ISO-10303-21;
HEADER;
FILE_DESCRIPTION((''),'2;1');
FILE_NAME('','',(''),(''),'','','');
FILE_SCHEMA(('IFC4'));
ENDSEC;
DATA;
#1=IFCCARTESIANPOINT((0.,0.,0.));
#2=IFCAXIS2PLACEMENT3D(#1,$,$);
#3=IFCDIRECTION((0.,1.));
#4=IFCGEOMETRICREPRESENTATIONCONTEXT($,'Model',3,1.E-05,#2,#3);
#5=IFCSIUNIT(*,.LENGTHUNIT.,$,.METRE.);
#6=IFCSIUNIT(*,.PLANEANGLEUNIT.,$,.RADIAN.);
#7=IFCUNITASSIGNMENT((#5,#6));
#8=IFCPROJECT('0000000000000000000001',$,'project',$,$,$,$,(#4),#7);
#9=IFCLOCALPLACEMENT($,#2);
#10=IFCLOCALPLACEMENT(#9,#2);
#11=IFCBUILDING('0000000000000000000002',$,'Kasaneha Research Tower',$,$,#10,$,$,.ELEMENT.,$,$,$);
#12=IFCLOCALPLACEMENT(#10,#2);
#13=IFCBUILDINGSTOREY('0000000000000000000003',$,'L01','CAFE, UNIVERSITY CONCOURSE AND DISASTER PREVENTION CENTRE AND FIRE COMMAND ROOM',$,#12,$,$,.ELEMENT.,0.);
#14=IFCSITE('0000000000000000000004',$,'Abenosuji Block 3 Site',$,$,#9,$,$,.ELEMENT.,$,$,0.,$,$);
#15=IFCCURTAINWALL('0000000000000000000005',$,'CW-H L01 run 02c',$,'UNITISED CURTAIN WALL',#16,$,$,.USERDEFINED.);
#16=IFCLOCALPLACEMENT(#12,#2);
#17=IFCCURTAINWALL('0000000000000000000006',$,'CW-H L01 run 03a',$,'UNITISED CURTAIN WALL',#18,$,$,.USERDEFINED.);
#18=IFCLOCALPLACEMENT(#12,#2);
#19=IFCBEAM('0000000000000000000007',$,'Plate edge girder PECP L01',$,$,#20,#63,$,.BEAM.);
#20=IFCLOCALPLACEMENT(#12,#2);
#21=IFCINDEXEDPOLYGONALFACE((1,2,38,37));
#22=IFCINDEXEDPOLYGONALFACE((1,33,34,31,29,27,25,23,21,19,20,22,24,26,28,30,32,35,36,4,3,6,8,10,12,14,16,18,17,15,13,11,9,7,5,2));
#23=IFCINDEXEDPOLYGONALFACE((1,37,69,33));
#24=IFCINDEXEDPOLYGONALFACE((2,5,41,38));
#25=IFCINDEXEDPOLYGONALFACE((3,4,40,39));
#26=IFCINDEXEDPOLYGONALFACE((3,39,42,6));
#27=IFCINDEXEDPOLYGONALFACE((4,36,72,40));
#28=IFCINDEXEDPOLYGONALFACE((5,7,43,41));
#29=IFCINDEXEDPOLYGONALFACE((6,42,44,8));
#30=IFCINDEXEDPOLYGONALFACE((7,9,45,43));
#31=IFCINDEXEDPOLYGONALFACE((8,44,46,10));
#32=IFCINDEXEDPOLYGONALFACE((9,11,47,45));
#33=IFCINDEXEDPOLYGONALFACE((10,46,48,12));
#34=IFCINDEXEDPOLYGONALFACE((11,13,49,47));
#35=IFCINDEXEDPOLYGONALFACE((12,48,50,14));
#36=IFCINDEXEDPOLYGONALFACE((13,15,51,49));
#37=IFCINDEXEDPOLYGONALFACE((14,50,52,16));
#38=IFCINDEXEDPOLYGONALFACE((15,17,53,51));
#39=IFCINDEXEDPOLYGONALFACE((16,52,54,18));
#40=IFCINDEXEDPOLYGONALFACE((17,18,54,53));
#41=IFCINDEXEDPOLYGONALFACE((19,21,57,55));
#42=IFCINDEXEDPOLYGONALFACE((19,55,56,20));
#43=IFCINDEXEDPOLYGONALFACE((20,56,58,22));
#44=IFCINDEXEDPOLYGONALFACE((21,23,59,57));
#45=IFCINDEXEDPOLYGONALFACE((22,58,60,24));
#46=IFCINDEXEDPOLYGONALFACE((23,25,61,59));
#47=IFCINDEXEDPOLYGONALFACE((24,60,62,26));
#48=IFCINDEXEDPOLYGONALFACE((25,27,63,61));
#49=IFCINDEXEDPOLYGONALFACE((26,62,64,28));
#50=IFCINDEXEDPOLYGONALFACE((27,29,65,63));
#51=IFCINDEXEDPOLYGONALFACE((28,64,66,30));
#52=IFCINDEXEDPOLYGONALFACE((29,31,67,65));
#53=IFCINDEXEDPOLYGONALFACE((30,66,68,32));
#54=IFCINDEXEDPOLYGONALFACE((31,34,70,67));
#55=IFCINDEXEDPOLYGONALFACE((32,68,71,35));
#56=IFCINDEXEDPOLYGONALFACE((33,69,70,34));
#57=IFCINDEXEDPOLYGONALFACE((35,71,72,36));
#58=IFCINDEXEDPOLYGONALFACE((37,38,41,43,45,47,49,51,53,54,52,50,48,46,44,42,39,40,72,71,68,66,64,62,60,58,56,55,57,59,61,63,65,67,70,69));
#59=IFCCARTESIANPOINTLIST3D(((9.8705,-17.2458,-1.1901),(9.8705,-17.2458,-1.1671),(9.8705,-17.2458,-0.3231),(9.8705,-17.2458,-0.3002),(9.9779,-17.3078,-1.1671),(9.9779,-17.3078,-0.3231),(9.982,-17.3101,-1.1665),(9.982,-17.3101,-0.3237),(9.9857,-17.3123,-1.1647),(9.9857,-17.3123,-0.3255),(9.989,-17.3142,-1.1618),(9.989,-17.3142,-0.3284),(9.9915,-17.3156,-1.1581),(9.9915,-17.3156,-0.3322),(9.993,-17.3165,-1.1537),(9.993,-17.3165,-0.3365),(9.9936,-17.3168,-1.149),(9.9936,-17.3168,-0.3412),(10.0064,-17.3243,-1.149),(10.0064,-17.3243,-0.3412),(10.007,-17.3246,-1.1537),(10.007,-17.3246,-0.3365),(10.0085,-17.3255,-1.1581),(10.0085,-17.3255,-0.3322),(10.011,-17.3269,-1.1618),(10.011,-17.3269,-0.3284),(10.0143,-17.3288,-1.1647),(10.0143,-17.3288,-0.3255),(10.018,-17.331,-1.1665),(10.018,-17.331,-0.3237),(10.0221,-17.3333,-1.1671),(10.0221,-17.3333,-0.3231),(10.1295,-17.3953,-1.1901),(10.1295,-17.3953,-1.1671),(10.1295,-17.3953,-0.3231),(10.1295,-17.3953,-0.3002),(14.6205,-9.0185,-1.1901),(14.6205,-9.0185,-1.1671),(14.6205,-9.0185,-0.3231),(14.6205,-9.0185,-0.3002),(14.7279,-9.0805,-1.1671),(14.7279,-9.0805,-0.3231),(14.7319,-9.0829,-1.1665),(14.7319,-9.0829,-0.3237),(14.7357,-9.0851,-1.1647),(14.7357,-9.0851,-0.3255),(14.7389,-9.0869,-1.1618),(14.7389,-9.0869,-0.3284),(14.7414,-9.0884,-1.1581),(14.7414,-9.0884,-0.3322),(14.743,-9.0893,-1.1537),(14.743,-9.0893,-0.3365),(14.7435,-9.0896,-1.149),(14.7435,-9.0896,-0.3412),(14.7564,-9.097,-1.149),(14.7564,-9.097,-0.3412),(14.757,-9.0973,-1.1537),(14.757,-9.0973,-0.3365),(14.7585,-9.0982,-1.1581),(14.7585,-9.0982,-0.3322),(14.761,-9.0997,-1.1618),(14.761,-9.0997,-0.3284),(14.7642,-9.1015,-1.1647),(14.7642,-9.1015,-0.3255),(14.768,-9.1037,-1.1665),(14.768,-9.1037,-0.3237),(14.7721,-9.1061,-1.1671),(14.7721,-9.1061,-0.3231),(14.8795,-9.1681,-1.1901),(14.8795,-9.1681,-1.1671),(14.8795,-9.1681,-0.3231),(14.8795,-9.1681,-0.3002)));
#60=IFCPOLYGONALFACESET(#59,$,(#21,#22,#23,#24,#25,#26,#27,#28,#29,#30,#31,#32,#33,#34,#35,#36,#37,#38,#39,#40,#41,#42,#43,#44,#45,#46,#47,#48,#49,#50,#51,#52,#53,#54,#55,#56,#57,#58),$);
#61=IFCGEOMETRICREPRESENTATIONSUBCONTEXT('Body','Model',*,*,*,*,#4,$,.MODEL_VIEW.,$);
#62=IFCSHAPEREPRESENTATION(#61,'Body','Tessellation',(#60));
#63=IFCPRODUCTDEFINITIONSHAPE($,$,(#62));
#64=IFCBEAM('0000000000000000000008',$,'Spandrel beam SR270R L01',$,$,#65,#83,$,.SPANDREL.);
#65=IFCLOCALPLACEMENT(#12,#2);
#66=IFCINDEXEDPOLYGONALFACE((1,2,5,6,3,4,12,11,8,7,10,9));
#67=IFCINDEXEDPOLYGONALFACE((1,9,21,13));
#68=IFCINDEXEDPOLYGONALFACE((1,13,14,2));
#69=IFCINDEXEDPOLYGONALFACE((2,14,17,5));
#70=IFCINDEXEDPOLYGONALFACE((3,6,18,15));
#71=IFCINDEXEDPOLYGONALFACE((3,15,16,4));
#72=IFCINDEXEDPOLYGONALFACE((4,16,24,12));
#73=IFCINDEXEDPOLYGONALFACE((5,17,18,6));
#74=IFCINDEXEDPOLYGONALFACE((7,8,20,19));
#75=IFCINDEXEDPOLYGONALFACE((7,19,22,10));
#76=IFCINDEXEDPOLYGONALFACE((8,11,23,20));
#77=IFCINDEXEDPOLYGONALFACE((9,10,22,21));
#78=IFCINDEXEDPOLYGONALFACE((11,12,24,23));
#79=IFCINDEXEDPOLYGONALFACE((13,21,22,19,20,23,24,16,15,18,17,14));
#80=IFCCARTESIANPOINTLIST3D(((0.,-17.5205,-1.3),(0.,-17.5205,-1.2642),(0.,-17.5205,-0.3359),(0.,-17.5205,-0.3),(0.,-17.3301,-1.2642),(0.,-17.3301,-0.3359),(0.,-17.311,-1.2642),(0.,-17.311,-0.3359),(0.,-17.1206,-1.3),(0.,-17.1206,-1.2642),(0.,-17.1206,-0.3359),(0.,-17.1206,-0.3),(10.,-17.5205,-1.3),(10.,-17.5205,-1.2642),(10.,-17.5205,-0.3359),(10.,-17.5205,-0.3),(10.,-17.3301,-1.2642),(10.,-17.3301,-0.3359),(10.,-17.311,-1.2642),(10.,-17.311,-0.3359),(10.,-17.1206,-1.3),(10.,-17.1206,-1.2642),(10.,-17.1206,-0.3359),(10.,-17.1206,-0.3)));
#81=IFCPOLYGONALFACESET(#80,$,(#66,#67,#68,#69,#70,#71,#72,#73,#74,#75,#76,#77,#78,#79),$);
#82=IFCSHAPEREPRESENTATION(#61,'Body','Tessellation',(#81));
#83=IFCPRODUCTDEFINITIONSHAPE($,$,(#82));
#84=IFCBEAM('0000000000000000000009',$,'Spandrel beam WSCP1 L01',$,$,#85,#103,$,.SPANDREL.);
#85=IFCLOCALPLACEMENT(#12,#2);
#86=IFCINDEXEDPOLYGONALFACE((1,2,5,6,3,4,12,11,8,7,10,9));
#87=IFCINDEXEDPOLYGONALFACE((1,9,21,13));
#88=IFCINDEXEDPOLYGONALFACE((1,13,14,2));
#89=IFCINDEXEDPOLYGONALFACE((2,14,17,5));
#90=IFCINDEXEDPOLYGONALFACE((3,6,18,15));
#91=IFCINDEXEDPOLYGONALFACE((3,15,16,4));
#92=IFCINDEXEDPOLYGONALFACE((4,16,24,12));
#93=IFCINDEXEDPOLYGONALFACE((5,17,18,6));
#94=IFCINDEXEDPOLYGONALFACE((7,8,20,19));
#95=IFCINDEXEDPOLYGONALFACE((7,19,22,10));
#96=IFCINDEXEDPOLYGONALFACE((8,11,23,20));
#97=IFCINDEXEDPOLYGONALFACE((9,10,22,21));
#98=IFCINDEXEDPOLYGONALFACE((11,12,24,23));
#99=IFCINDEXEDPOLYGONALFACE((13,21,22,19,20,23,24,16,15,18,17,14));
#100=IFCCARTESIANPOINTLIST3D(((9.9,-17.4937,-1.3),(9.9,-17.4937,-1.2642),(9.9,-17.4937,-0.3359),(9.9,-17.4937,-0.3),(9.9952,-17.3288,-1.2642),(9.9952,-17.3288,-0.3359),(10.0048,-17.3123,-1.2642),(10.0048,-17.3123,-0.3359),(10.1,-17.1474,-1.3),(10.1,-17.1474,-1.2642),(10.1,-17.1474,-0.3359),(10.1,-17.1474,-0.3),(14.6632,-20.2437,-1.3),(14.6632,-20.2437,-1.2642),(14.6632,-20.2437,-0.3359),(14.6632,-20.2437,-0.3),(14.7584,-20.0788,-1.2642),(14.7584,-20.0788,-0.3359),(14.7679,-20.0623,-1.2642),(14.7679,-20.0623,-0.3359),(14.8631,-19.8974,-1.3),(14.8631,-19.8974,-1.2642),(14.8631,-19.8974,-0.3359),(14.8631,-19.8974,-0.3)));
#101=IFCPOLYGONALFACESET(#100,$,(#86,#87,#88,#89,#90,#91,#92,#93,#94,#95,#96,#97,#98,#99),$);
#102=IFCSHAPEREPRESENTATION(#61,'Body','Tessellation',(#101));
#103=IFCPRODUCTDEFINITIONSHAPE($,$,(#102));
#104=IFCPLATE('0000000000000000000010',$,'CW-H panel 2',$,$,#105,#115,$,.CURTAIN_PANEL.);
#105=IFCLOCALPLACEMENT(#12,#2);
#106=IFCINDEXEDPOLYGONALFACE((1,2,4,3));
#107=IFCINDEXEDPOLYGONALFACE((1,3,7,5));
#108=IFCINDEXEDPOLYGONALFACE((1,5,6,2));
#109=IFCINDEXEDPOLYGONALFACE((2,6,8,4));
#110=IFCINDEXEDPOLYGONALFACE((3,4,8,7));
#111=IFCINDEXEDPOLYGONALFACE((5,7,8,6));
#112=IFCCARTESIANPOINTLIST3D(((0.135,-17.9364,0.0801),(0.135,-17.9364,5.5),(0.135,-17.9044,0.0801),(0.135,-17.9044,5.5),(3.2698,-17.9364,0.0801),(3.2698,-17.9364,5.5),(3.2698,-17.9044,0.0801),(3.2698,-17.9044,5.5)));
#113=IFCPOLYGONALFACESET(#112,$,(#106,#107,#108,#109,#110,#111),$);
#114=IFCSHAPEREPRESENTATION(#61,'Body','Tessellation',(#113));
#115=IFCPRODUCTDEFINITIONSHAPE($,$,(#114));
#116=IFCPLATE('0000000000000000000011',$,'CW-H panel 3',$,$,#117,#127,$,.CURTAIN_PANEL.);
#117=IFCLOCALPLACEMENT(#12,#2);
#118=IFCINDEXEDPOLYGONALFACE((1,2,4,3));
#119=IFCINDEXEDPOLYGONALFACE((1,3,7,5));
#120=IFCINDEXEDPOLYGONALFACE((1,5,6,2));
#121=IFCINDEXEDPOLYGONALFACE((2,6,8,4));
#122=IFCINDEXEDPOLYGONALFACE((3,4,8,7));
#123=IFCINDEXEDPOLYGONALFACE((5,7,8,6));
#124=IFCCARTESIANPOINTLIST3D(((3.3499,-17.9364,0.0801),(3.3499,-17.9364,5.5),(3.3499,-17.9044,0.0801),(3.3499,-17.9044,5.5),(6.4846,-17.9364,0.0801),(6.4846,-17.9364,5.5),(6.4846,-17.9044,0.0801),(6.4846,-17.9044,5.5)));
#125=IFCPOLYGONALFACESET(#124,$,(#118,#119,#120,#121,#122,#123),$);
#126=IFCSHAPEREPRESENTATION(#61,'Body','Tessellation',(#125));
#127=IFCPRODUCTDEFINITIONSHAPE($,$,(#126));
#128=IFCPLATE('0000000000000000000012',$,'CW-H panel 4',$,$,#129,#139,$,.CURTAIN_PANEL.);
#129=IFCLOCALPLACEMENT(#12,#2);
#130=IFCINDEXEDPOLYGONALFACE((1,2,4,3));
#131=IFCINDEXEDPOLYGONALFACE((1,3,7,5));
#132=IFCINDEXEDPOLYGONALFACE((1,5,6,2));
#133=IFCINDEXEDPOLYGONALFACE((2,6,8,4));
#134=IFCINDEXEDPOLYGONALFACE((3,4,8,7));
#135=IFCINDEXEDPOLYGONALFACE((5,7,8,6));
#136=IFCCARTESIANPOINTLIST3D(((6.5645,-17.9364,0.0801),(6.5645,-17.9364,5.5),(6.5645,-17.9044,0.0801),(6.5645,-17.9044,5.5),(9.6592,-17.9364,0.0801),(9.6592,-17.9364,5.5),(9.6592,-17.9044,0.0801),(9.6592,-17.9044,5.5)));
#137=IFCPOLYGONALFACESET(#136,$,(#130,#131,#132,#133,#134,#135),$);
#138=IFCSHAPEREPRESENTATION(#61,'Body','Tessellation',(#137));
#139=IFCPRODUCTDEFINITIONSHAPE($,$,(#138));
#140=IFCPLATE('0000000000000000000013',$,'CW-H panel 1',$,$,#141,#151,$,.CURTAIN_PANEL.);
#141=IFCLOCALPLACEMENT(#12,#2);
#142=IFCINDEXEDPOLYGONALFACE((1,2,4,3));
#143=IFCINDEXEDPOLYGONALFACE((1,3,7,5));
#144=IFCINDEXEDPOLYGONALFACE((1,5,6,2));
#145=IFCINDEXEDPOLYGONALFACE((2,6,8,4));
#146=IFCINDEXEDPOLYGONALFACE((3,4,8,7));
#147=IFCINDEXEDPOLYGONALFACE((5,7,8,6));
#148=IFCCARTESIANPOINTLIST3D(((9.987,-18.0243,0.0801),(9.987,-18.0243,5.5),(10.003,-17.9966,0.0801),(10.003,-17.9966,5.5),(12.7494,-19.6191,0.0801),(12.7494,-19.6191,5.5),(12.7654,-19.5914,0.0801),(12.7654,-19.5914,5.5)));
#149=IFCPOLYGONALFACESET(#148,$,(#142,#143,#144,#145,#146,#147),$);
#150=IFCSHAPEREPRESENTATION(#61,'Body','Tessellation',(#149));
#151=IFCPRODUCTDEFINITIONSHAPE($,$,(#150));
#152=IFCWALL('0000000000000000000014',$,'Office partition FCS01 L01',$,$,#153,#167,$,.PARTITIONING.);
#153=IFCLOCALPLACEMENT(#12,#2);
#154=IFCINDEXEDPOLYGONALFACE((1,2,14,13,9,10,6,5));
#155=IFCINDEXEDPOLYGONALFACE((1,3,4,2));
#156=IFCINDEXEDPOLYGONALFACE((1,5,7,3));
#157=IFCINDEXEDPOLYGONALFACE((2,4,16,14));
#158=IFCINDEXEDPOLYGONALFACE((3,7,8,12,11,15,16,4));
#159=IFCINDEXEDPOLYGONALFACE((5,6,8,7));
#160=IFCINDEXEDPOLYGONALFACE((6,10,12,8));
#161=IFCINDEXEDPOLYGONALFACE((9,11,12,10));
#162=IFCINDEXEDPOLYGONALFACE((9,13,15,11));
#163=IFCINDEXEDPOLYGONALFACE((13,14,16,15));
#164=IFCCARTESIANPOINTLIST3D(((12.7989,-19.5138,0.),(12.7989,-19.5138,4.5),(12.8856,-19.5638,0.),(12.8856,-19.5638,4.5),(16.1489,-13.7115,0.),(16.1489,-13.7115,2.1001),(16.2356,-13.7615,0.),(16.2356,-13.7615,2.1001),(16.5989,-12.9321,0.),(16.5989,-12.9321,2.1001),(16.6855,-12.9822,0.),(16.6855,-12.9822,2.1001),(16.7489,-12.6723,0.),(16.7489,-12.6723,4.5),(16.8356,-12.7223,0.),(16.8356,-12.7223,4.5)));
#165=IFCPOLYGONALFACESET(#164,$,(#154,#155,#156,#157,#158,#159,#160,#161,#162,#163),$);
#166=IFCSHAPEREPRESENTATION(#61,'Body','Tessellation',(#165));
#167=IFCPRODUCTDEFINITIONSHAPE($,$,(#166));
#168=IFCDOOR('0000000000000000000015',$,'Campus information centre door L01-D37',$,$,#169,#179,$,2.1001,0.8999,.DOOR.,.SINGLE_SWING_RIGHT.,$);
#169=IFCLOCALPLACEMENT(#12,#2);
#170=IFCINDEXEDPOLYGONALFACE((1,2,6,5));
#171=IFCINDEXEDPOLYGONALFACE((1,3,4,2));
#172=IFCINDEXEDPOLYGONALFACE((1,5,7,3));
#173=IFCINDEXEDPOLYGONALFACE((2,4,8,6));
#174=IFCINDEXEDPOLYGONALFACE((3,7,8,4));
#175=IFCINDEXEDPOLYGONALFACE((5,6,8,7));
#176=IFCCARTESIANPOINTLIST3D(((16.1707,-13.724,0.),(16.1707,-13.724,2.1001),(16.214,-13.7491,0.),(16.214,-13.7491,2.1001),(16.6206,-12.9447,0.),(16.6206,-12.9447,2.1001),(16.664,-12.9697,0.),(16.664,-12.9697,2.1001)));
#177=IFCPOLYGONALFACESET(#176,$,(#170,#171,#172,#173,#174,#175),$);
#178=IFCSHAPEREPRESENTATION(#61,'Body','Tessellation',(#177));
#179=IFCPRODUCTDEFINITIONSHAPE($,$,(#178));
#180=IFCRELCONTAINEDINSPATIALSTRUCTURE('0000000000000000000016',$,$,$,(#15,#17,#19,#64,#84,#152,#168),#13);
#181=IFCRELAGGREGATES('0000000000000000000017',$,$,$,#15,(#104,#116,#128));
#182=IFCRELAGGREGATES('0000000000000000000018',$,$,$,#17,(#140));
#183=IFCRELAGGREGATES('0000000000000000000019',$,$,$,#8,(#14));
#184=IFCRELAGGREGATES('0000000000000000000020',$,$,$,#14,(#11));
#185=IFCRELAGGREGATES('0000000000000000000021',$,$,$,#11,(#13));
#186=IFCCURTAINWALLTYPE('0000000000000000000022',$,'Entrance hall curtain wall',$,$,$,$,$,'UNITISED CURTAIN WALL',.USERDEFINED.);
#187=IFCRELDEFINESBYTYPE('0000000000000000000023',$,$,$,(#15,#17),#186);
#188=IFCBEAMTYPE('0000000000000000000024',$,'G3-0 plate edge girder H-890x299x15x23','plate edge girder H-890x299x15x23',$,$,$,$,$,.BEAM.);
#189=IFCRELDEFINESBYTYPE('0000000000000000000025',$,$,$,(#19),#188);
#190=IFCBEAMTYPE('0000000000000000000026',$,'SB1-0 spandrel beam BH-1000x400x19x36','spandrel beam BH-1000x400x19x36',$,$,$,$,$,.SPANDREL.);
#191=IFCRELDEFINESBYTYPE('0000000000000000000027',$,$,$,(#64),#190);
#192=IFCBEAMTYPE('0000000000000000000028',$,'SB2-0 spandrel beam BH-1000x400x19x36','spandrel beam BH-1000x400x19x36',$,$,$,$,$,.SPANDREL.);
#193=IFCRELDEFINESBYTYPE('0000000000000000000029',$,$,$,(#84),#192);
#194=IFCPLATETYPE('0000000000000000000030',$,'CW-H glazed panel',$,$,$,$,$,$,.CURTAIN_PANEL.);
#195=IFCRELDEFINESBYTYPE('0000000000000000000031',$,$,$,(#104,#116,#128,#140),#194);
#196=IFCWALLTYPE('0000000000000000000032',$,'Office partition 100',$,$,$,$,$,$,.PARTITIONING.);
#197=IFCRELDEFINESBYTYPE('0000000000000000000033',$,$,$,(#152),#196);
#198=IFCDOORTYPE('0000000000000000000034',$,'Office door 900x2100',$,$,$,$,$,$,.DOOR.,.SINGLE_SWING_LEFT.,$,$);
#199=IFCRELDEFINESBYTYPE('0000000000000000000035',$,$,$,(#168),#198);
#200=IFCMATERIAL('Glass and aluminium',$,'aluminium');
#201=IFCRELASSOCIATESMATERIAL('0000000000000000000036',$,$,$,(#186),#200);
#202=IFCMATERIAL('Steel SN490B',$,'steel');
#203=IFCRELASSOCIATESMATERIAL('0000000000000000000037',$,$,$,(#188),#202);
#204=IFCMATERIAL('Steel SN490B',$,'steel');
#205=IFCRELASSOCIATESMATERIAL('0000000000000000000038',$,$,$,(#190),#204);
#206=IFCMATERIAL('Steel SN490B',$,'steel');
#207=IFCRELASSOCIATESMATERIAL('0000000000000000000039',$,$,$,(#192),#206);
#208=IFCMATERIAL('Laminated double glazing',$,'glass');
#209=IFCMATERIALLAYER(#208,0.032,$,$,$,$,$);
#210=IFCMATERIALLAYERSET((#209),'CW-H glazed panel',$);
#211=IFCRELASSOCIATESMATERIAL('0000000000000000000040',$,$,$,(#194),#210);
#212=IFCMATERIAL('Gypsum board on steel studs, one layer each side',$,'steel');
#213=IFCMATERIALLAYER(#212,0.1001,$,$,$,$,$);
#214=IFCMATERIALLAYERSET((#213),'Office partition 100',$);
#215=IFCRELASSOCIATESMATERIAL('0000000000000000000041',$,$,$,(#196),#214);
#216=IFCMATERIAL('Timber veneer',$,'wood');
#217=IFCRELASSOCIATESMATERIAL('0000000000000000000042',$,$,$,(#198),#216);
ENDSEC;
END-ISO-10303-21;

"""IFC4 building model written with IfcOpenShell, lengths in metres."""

from ifc_helpers import new_model, si_unit, direction, frame, frame_2d, origin, origin_2d, place, context, subcontext, project, spatial, rectangle, i_section, extrude, material, layer, layer_set, material_profile, profile_set, type_object, element, fill, aggregate, save


model = new_model("IFC4")

# Units and contexts
model_context = context("Model", 3, precision=1e-05, world=origin(), true_north=direction((0.0, 1.0)))
body_context = subcontext(model_context, "Body", "Model", "MODEL_VIEW")
ifc_project = project(units=[si_unit("LENGTHUNIT", "METRE"), si_unit("PLANEANGLEUNIT", "RADIAN")], contexts=[model_context])

# Site, building, storey
site_placement = place(None, origin())
site = spatial("IfcSite", under=ifc_project, at=site_placement, Name="Abenosuji Block 3 Site", CompositionType="ELEMENT", RefElevation=0.0)
building_placement = place(site_placement, origin())
building = spatial("IfcBuilding", under=site, at=building_placement, Name="Kasaneha Research Tower", CompositionType="ELEMENT")
storey_placement = place(building_placement, origin())
storey = spatial("IfcBuildingStorey", under=building, at=storey_placement, Name="L01", Description="CAFE, UNIVERSITY CONCOURSE AND DISASTER PREVENTION CENTRE AND FIRE COMMAND ROOM", CompositionType="ELEMENT", Elevation=0.0)

# Curtain walls
ifc_material_1 = material(Name="Glass and aluminium", Category="aluminium")
curtain_wall_type = type_object("IfcCurtainWallType", Name="Entrance hall curtain wall", ElementType="UNITISED CURTAIN WALL", PredefinedType="USERDEFINED", material=ifc_material_1)
curtain_wall_1_placement = place(storey_placement, origin())
curtain_wall_1 = element("IfcCurtainWall", 1, at=curtain_wall_1_placement, inside=storey, type_object=curtain_wall_type, Name="CW-H L01 run 02c", ObjectType="UNITISED CURTAIN WALL", PredefinedType="USERDEFINED")
curtain_wall_2_placement = place(storey_placement, origin())
curtain_wall_2 = element("IfcCurtainWall", 2, at=curtain_wall_2_placement, inside=storey, type_object=curtain_wall_type, Name="CW-H L01 run 03a", ObjectType="UNITISED CURTAIN WALL", PredefinedType="USERDEFINED")

# Beams
ifc_material_2 = material(Name="Steel SN490B", Category="steel")
ifc_material_profile_1 = material_profile(ifc_material_2, i_section(OverallWidth=0.2991, OverallDepth=0.8899, WebThickness=0.0149, FlangeThickness=0.0229, FilletRadius=0.0181, at=origin_2d()), Name="H-890x299x15x23")
ifc_profile_set_1 = profile_set([ifc_material_profile_1], Name="Steel SN490B")
beam_type_1 = type_object("IfcBeamType", Name="G3-0 plate edge girder H-890x299x15x23", Description="plate edge girder H-890x299x15x23", PredefinedType="BEAM", material=ifc_profile_set_1)
beam_1_placement = place(storey_placement, frame((10.0, -17.3206, -0.7451), z_axis=(0.499998, 0.866027, 0.0), x_axis=(-0.866027, 0.499998, 0.0)))
element("IfcBeam", 3, at=beam_1_placement, inside=storey, type_object=beam_type_1, Name="Plate edge girder PECP L01", PredefinedType="BEAM", context=body_context, shape_type="SweptSolid", body=[
    extrude(i_section(OverallWidth=0.2991, OverallDepth=0.8899, WebThickness=0.0149, FlangeThickness=0.0229, FilletRadius=0.0181, at=origin_2d()), origin(), (0.0, 0.0, 1.0), 9.5),
])
ifc_material_3 = material(Name="Steel SN490B", Category="steel")
ifc_material_profile_2 = material_profile(ifc_material_3, i_section(OverallWidth=0.3999, OverallDepth=1.0, WebThickness=0.019, FlangeThickness=0.0359, at=origin_2d()), Name="BH-1000x400x19x36")
ifc_profile_set_2 = profile_set([ifc_material_profile_2], Name="Steel SN490B")
beam_type_2 = type_object("IfcBeamType", Name="SB1-0 spandrel beam BH-1000x400x19x36", Description="spandrel beam BH-1000x400x19x36", PredefinedType="SPANDREL", material=ifc_profile_set_2)
beam_2_placement = place(storey_placement, frame((10.0, -17.3206, -0.8), z_axis=(-1.0, 0.0, 0.0), x_axis=(0.0, -1.0, 0.0)))
element("IfcBeam", 4, at=beam_2_placement, inside=storey, type_object=beam_type_2, Name="Spandrel beam SR270R L01", PredefinedType="SPANDREL", context=body_context, shape_type="SweptSolid", body=[
    extrude(i_section(OverallWidth=0.3999, OverallDepth=1.0, WebThickness=0.019, FlangeThickness=0.0359, at=origin_2d()), origin(), (0.0, 0.0, 1.0), 10.0),
])
ifc_material_4 = material(Name="Steel SN490B", Category="steel")
ifc_material_profile_3 = material_profile(ifc_material_4, i_section(OverallWidth=0.3999, OverallDepth=1.0, WebThickness=0.019, FlangeThickness=0.0359, at=origin_2d()), Name="BH-1000x400x19x36")
ifc_profile_set_3 = profile_set([ifc_material_profile_3], Name="Steel SN490B")
beam_type_3 = type_object("IfcBeamType", Name="SB2-0 spandrel beam BH-1000x400x19x36", Description="spandrel beam BH-1000x400x19x36", PredefinedType="SPANDREL", material=ifc_profile_set_3)
beam_3_placement = place(storey_placement, frame((10.0, -17.3206, -0.8), z_axis=(0.866027, -0.499997, 0.0), x_axis=(0.499997, 0.866027, 0.0)))
element("IfcBeam", 5, at=beam_3_placement, inside=storey, type_object=beam_type_3, Name="Spandrel beam WSCP1 L01", PredefinedType="SPANDREL", context=body_context, shape_type="SweptSolid", body=[
    extrude(i_section(OverallWidth=0.3999, OverallDepth=1.0, WebThickness=0.019, FlangeThickness=0.0359, at=origin_2d()), origin(), (0.0, 0.0, 1.0), 5.5),
])

# Plates
ifc_material_5 = material(Name="Laminated double glazing", Category="glass")
ifc_layer_1 = layer(ifc_material_5, 0.032)
ifc_layer_set_1 = layer_set([ifc_layer_1], Name="CW-H glazed panel")
plate_type = type_object("IfcPlateType", Name="CW-H glazed panel", PredefinedType="CURTAIN_PANEL", material=ifc_layer_set_1)
plate_1_placement = place(storey_placement, frame((1.7024, -17.9204, 0.0801), z_axis=(0.0, 0.0, 1.0), x_axis=(1.0, 0.0, 0.0)))
plate_1 = element("IfcPlate", 6, at=plate_1_placement, type_object=plate_type, Name="CW-H panel 2", PredefinedType="CURTAIN_PANEL", context=body_context, shape_type="SweptSolid", body=[
    extrude(rectangle(XDim=3.1348, YDim=0.032, at=origin_2d()), origin(), (0.0, 0.0, 1.0), 5.4199),
])
plate_2_placement = place(storey_placement, frame((4.9172, -17.9204, 0.0801), z_axis=(0.0, 0.0, 1.0), x_axis=(1.0, 0.0, 0.0)))
plate_2 = element("IfcPlate", 7, at=plate_2_placement, type_object=plate_type, Name="CW-H panel 3", PredefinedType="CURTAIN_PANEL", context=body_context, shape_type="SweptSolid", body=[
    extrude(rectangle(XDim=3.1348, YDim=0.032, at=origin_2d()), origin(), (0.0, 0.0, 1.0), 5.4199),
])
plate_3_placement = place(storey_placement, frame((8.1118, -17.9204, 0.0801), z_axis=(0.0, 0.0, 1.0), x_axis=(1.0, 0.0, 0.0)))
plate_3 = element("IfcPlate", 8, at=plate_3_placement, type_object=plate_type, Name="CW-H panel 4", PredefinedType="CURTAIN_PANEL", context=body_context, shape_type="SweptSolid", body=[
    extrude(rectangle(XDim=3.0947, YDim=0.032, at=origin_2d()), origin(), (0.0, 0.0, 1.0), 5.4199),
])
aggregate(curtain_wall_1, [plate_1, plate_2, plate_3])
plate_4_placement = place(storey_placement, frame((11.3762, -18.8079, 0.0801), z_axis=(0.0, 0.0, 1.0), x_axis=(0.866025, -0.5, 0.0)))
plate_4 = element("IfcPlate", 9, at=plate_4_placement, type_object=plate_type, Name="CW-H panel 1", PredefinedType="CURTAIN_PANEL", context=body_context, shape_type="SweptSolid", body=[
    extrude(rectangle(XDim=3.1897, YDim=0.032, at=origin_2d()), origin(), (0.0, 0.0, 1.0), 5.4199),
])
aggregate(curtain_wall_2, [plate_4])

# Wall, opening, door
ifc_material_6 = material(Name="Gypsum board on steel studs, one layer each side", Category="steel")
ifc_layer_2 = layer(ifc_material_6, 0.1001)
ifc_layer_set_2 = layer_set([ifc_layer_2], Name="Office partition 100")
wall_type = type_object("IfcWallType", Name="Office partition 100", PredefinedType="PARTITIONING", material=ifc_layer_set_2)
wall_1_placement = place(storey_placement, frame((12.8423, -19.5388, 0.0), z_axis=(0.0, 0.0, 1.0), x_axis=(0.499998, 0.866027, 0.0)))
wall_1 = element("IfcWall", 10, at=wall_1_placement, inside=storey, type_object=wall_type, Name="Office partition FCS01 L01", PredefinedType="PARTITIONING", context=body_context, shape_type="SweptSolid", body=[
    extrude(rectangle(XDim=7.8999, YDim=0.1001, at=frame_2d((3.95, 0.0))), origin(), (0.0, 0.0, 1.0), 4.5),
])
opening_placement = place(wall_1_placement, frame((6.7, 0.0, 0.0)))
opening = element("IfcOpeningElement", 11, at=opening_placement, cuts=wall_1, PredefinedType="OPENING", context=body_context, shape_type="SweptSolid", body=[
    extrude(rectangle(XDim=0.8999, YDim=2.1001, at=frame_2d((0.45, 1.05))), frame((0.0, 0.0601, 0.0), z_axis=(0.0, -1.0, 0.0), x_axis=(1.0, 0.0, 0.0)), (0.0, 0.0, 1.0), 0.1201),
])
ifc_material_7 = material(Name="Timber veneer", Category="wood")
door_type = type_object("IfcDoorType", Name="Office door 900x2100", OperationType="SINGLE_SWING_LEFT", PredefinedType="DOOR", material=ifc_material_7)
door_placement = place(opening_placement, origin())
door = element("IfcDoor", 12, at=door_placement, inside=storey, type_object=door_type, Name="Campus information centre door L01-D37", OperationType="SINGLE_SWING_RIGHT", OverallHeight=2.1001, OverallWidth=0.8999, PredefinedType="DOOR", context=body_context, shape_type="SweptSolid", body=[
    extrude(rectangle(XDim=0.8999, YDim=2.1001, at=frame_2d((0.45, 1.05))), frame((0.0, 0.0249, 0.0), z_axis=(0.0, -1.0, 0.0), x_axis=(1.0, 0.0, 0.0)), (0.0, 0.0, 1.0), 0.05),
])
fill(opening, door)

save(model, "model.ifc")
